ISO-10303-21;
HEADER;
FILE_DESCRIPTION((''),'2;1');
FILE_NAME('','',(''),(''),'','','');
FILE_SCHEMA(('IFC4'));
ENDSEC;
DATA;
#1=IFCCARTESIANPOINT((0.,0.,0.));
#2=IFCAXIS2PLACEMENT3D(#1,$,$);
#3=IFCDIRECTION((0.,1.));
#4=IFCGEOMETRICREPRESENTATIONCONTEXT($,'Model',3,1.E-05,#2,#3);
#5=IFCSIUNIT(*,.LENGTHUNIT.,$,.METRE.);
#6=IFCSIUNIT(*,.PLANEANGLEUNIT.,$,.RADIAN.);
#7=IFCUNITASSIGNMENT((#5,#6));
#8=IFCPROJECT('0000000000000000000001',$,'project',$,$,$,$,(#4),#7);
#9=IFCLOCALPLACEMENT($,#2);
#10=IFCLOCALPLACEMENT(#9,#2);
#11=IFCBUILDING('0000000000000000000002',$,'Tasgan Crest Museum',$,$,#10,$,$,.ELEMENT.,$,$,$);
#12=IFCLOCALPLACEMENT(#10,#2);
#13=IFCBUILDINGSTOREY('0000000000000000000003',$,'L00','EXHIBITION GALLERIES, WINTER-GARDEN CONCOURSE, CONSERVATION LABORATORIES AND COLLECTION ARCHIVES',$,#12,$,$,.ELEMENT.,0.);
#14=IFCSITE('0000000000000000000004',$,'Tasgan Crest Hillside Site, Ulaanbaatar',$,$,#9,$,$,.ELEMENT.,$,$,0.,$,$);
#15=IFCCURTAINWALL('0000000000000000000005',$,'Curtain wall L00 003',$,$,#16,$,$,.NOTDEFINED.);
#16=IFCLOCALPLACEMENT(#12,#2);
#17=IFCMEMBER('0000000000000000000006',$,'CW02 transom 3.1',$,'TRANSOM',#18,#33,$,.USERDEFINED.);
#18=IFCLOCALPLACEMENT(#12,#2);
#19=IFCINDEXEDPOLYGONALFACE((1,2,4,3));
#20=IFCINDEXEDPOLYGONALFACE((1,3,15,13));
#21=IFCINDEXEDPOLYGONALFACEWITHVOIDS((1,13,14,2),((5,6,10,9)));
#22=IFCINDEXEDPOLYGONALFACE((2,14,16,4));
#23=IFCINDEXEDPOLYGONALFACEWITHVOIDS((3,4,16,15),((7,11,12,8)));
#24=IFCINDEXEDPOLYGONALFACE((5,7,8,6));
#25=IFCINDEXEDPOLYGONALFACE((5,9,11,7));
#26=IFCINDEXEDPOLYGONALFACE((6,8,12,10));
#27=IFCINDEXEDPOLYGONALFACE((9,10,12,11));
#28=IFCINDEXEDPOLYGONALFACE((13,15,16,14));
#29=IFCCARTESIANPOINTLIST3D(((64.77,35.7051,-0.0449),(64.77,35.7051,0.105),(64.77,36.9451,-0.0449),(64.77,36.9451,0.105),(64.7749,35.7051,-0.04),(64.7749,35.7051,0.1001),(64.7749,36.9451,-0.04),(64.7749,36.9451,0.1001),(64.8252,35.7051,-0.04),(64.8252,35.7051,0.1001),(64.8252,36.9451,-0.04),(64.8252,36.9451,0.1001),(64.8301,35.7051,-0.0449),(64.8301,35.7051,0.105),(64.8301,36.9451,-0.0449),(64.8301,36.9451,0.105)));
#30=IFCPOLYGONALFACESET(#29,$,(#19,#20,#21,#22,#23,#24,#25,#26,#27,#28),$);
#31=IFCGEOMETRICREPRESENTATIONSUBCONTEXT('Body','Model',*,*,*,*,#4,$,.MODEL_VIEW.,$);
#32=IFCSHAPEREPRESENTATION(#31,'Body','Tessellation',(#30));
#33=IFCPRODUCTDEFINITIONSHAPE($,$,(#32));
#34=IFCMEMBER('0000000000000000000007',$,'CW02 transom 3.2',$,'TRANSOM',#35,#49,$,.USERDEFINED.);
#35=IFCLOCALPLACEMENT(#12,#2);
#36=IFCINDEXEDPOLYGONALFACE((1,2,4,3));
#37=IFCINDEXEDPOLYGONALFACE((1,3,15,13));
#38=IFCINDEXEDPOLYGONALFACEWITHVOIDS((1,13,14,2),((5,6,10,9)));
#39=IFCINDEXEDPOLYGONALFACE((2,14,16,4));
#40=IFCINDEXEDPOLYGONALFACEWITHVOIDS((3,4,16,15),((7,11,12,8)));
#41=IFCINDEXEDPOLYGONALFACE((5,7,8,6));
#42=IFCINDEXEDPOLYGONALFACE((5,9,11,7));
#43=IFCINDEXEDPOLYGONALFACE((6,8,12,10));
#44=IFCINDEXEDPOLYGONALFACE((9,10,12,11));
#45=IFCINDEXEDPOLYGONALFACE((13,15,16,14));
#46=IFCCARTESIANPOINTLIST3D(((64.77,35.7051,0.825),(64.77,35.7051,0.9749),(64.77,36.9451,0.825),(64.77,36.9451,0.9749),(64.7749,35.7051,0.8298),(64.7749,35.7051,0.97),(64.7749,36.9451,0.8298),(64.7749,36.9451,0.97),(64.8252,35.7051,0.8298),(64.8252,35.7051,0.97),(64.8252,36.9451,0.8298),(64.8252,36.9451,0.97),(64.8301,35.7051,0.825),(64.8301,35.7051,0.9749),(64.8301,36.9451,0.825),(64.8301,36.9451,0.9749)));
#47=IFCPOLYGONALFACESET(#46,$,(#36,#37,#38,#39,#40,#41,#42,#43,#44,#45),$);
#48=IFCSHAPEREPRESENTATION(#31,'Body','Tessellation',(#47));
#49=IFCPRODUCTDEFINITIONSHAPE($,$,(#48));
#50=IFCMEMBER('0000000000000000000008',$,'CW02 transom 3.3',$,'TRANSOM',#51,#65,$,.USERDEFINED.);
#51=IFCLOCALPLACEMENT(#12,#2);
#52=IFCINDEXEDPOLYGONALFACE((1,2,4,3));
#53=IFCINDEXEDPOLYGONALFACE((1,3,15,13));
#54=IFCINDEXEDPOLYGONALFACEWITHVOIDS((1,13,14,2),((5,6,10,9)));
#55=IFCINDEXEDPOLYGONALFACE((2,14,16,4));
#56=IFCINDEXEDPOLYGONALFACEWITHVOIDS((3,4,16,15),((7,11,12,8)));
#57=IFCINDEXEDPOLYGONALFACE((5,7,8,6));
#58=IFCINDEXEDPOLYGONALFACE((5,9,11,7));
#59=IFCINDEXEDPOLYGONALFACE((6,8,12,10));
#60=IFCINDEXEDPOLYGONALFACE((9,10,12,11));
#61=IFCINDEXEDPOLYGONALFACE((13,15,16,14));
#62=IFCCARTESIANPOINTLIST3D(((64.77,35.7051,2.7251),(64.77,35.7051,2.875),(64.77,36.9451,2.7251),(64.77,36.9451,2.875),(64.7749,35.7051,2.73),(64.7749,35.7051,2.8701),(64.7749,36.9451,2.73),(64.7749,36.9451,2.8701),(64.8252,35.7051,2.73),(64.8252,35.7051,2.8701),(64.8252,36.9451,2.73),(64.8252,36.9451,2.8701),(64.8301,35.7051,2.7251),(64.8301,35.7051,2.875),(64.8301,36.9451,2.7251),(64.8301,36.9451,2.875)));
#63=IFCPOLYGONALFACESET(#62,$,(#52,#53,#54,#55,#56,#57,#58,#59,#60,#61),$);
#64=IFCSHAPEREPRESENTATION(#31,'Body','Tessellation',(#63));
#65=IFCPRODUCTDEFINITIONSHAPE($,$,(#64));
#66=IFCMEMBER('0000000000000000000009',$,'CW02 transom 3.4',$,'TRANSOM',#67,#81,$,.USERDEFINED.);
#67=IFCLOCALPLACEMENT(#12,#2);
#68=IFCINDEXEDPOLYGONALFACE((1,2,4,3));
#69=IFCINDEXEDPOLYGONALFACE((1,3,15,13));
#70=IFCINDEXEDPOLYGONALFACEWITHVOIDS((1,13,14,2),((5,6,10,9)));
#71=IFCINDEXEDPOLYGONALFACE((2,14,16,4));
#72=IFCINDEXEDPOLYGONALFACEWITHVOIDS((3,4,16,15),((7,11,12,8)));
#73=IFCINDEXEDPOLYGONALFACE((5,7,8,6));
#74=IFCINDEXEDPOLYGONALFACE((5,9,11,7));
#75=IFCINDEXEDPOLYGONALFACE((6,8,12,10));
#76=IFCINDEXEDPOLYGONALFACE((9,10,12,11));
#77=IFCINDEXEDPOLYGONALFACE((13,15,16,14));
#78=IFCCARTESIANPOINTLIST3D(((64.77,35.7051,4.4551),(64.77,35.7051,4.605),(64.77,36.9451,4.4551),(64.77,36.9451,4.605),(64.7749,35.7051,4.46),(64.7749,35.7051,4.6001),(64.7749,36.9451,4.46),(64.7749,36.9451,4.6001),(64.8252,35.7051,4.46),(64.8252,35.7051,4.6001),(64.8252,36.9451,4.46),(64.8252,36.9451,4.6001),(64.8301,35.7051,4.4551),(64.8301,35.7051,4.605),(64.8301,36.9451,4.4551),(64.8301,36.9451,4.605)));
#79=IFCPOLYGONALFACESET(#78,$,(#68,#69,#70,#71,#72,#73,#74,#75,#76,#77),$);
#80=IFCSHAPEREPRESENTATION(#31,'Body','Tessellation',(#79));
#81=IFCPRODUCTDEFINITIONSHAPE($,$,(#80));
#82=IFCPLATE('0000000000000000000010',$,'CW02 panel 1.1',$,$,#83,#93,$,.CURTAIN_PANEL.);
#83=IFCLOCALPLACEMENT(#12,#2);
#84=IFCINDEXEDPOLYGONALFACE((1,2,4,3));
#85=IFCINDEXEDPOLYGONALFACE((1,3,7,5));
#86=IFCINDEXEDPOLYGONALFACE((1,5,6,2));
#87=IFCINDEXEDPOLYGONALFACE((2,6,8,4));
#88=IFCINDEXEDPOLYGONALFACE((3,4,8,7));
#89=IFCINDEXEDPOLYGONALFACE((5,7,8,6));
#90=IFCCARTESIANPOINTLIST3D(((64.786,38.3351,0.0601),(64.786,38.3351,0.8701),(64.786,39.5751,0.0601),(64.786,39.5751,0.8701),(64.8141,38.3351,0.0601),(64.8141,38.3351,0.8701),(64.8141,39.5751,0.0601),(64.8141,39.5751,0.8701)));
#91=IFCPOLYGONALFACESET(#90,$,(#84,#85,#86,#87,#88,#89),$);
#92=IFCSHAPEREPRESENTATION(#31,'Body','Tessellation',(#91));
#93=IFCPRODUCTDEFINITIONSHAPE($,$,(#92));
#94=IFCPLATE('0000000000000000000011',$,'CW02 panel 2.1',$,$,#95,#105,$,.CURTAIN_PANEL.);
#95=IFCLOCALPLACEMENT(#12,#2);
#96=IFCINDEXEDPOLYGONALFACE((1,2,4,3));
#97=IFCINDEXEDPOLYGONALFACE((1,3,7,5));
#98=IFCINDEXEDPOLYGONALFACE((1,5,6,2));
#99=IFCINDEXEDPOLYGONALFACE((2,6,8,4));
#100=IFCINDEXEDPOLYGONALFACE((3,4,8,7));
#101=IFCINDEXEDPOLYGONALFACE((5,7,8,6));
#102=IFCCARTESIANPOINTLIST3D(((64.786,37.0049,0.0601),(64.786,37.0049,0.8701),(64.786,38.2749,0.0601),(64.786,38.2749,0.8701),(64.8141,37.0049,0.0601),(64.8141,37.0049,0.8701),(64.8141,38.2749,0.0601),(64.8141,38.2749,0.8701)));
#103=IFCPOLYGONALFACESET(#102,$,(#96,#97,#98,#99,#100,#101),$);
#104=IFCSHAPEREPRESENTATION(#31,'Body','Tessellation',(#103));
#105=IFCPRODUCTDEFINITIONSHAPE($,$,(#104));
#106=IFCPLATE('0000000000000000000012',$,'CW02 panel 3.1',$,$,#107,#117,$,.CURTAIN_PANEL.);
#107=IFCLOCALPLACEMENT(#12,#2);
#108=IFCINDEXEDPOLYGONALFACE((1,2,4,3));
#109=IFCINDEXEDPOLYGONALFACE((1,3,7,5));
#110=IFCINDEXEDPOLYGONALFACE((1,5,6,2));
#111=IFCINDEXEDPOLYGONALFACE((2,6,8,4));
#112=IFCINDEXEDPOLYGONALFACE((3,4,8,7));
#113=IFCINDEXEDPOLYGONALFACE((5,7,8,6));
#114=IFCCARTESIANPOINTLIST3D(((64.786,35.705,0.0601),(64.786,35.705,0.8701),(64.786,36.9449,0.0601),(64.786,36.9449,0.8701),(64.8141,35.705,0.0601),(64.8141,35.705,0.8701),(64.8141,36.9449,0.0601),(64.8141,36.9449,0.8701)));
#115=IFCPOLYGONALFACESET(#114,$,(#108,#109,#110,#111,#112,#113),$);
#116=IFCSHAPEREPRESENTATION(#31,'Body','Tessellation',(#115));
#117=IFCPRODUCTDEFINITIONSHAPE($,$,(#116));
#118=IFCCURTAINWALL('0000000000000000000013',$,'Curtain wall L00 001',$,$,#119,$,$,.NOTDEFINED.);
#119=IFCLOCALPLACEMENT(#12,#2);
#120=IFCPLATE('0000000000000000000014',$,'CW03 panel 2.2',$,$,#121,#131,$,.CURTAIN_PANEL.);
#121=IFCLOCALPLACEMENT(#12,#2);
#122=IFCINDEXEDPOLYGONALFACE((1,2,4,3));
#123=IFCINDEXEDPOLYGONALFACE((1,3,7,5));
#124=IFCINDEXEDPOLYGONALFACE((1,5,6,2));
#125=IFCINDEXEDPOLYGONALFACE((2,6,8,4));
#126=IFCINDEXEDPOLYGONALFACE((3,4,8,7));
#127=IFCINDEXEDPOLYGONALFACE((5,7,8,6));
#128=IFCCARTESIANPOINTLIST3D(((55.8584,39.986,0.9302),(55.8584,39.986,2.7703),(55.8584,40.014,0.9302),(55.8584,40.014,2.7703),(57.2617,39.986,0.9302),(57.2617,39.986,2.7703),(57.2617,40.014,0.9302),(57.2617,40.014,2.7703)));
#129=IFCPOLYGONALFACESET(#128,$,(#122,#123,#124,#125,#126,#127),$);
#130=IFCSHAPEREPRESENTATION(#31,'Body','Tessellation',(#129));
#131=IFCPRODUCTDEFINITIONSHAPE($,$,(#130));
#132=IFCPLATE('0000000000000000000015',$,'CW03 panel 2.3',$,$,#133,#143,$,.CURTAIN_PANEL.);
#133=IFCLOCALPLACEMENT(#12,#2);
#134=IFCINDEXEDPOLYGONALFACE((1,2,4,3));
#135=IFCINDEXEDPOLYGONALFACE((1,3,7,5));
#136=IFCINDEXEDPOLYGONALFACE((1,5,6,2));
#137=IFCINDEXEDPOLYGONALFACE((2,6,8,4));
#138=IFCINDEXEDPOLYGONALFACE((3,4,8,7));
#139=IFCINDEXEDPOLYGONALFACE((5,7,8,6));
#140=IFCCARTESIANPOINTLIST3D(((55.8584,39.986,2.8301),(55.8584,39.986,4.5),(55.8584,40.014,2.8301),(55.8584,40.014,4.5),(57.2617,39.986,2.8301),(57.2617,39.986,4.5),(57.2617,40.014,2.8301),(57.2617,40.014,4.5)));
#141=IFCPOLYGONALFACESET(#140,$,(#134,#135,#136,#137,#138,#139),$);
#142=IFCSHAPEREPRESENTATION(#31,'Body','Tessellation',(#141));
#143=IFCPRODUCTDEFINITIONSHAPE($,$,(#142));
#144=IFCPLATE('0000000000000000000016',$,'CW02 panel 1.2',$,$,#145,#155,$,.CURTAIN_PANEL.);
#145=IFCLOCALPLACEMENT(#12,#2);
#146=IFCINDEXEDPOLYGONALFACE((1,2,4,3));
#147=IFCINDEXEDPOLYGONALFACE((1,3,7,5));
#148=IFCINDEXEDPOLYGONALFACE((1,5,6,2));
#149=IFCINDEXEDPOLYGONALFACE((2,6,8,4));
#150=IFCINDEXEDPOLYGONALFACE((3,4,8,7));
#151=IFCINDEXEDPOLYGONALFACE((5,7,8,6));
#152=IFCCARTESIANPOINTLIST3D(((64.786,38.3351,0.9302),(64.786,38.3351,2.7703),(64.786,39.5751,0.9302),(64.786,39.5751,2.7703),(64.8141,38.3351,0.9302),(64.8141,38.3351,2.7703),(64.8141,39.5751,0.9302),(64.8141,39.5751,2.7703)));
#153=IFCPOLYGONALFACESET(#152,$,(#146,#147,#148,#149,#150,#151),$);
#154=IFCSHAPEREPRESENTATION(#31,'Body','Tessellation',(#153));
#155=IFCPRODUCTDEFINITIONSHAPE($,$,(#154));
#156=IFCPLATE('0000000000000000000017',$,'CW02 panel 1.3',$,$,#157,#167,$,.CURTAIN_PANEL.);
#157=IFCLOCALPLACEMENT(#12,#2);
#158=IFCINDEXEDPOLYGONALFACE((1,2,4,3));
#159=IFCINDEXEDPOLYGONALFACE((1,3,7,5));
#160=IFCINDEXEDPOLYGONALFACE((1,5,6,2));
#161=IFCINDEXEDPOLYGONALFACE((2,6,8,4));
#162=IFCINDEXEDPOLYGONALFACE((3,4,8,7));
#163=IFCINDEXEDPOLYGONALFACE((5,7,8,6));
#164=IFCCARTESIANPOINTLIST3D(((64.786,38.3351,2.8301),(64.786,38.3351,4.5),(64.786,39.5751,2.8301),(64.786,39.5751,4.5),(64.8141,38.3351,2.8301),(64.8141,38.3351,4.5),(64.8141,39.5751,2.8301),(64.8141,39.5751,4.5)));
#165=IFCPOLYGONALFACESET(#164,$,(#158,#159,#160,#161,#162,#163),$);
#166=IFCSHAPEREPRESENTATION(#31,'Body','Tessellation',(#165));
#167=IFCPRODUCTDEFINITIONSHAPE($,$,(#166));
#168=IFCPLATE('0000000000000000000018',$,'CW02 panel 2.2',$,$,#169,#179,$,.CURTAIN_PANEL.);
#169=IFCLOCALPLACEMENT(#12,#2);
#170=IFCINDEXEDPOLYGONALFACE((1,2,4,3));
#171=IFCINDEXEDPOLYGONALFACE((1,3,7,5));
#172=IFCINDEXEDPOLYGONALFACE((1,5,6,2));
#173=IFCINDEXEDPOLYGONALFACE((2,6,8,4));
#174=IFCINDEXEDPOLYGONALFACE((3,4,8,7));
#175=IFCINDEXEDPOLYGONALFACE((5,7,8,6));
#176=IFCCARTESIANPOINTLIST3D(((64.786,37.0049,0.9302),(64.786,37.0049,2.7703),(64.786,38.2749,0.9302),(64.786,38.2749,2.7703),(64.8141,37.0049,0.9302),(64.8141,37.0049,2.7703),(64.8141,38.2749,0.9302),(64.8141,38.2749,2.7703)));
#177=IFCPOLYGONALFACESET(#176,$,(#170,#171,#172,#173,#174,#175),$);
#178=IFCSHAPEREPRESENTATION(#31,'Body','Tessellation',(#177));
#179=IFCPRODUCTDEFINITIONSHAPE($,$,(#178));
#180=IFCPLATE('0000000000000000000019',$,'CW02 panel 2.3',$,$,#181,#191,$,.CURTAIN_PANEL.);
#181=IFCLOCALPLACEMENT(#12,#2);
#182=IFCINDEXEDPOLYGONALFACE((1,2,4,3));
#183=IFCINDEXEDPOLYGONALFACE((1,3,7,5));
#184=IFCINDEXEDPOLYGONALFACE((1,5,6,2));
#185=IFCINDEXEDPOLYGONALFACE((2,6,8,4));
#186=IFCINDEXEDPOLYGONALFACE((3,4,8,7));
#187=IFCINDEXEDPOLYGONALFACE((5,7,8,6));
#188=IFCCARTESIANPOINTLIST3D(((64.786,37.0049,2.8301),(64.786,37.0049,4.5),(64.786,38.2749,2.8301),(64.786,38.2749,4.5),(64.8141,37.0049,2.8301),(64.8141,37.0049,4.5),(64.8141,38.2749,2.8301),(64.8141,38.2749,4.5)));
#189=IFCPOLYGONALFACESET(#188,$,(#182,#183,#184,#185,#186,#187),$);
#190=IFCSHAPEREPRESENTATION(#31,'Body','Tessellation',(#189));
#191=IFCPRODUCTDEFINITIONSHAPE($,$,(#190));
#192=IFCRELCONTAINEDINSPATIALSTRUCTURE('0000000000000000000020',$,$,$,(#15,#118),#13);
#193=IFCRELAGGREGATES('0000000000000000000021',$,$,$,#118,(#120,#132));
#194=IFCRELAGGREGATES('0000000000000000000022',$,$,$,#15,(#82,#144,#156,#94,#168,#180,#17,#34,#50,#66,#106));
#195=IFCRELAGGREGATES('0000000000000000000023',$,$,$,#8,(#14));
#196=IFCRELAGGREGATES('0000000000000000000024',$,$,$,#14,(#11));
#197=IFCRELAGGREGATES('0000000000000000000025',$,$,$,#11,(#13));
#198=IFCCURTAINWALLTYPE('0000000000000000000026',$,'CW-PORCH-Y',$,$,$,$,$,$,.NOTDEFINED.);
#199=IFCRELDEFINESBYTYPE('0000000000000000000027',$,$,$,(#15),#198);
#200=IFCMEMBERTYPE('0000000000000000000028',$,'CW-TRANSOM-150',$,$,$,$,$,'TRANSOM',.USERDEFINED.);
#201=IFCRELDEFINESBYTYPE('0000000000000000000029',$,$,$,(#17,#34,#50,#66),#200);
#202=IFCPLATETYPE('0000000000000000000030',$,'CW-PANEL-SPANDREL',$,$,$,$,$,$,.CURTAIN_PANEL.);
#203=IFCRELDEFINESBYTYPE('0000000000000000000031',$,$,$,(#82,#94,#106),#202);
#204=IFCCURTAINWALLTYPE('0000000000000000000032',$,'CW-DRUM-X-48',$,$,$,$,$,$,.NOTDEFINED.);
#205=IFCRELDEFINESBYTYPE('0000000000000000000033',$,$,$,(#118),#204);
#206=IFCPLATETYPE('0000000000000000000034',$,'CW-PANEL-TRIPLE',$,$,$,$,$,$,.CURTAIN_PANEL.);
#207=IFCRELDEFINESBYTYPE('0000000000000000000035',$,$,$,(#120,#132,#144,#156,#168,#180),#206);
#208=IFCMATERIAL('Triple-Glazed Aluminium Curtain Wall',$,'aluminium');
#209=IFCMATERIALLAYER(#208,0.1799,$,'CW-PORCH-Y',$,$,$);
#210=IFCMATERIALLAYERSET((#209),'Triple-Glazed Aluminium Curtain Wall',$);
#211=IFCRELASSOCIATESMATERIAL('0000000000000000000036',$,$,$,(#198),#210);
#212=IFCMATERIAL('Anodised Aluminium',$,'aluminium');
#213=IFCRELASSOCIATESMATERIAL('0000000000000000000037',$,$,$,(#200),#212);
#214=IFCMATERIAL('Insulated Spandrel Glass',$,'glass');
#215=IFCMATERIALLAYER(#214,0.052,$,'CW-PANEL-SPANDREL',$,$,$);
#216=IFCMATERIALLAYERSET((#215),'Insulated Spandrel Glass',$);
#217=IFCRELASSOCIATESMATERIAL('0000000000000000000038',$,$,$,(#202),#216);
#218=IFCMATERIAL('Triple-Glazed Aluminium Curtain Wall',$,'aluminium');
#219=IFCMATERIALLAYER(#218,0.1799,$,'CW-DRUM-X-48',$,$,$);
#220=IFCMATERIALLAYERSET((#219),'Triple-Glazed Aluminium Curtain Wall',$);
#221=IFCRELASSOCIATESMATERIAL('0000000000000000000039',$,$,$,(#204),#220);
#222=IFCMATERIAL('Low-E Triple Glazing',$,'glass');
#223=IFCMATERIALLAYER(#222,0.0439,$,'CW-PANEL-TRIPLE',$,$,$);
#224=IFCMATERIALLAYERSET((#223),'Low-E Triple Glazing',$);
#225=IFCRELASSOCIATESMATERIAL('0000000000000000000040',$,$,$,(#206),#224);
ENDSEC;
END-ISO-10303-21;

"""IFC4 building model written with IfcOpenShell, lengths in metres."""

from ifc_helpers import new_model, si_unit, direction, frame, origin, origin_2d, place, context, subcontext, project, spatial, rectangle, hollow_rectangle, extrude, material, layer, layer_set, material_profile, profile_set, type_object, element, aggregate, save


model = new_model("IFC4")

# Units and contexts
model_context = context("Model", 3, precision=1e-05, world=origin(), true_north=direction((0.0, 1.0)))
body_context = subcontext(model_context, "Body", "Model", "MODEL_VIEW")
ifc_project = project(units=[si_unit("LENGTHUNIT", "METRE"), si_unit("PLANEANGLEUNIT", "RADIAN")], contexts=[model_context])

# Site, building, storey
site_placement = place(None, origin())
site = spatial("IfcSite", under=ifc_project, at=site_placement, Name="Tasgan Crest Hillside Site, Ulaanbaatar", CompositionType="ELEMENT", RefElevation=0.0)
building_placement = place(site_placement, origin())
building = spatial("IfcBuilding", under=site, at=building_placement, Name="Tasgan Crest Museum", CompositionType="ELEMENT")
storey_placement = place(building_placement, origin())
storey = spatial("IfcBuildingStorey", under=building, at=storey_placement, Name="L00", Description="EXHIBITION GALLERIES, WINTER-GARDEN CONCOURSE, CONSERVATION LABORATORIES AND COLLECTION ARCHIVES", CompositionType="ELEMENT", Elevation=0.0)

# Curtain wall, members, plates
ifc_material_1 = material(Name="Triple-Glazed Aluminium Curtain Wall", Category="aluminium")
ifc_layer_1 = layer(ifc_material_1, 0.1799, Name="CW-PORCH-Y")
ifc_layer_set_1 = layer_set([ifc_layer_1], Name="Triple-Glazed Aluminium Curtain Wall")
curtain_wall_type_1 = type_object("IfcCurtainWallType", Name="CW-PORCH-Y", PredefinedType="NOTDEFINED", material=ifc_layer_set_1)
curtain_wall_1_placement = place(storey_placement, origin())
curtain_wall_1 = element("IfcCurtainWall", 1, at=curtain_wall_1_placement, inside=storey, type_object=curtain_wall_type_1, Name="Curtain wall L00 003", PredefinedType="NOTDEFINED")
ifc_material_2 = material(Name="Anodised Aluminium", Category="aluminium")
ifc_material_profile_1 = material_profile(ifc_material_2, hollow_rectangle(XDim=0.0601, YDim=0.1499, WallThickness=0.0049, at=origin_2d()), Name="ALU TRANSOM 150x60x5")
ifc_profile_set_1 = profile_set([ifc_material_profile_1], Name="Anodised Aluminium")
member_type_1 = type_object("IfcMemberType", Name="CW-TRANSOM-150", ElementType="TRANSOM", PredefinedType="USERDEFINED", material=ifc_profile_set_1)
member_1_placement = place(storey_placement, frame((64.8, 36.9451, 0.03), z_axis=(0.0, -1.0, 0.0), x_axis=(1.0, 0.0, 0.0)))
member_1 = element("IfcMember", 2, at=member_1_placement, type_object=member_type_1, Name="CW02 transom 3.1", ObjectType="TRANSOM", PredefinedType="USERDEFINED", context=body_context, shape_type="SweptSolid", body=[
    extrude(hollow_rectangle(XDim=0.0601, YDim=0.1499, WallThickness=0.0049, at=origin_2d()), origin(), (0.0, 0.0, 1.0), 1.24),
])
member_2_placement = place(storey_placement, frame((64.8, 36.9451, 0.8999), z_axis=(0.0, -1.0, 0.0), x_axis=(1.0, 0.0, 0.0)))
member_2 = element("IfcMember", 3, at=member_2_placement, type_object=member_type_1, Name="CW02 transom 3.2", ObjectType="TRANSOM", PredefinedType="USERDEFINED", context=body_context, shape_type="SweptSolid", body=[
    extrude(hollow_rectangle(XDim=0.0601, YDim=0.1499, WallThickness=0.0049, at=origin_2d()), origin(), (0.0, 0.0, 1.0), 1.24),
])
member_3_placement = place(storey_placement, frame((64.8, 36.9451, 2.8), z_axis=(0.0, -1.0, 0.0), x_axis=(1.0, 0.0, 0.0)))
member_3 = element("IfcMember", 4, at=member_3_placement, type_object=member_type_1, Name="CW02 transom 3.3", ObjectType="TRANSOM", PredefinedType="USERDEFINED", context=body_context, shape_type="SweptSolid", body=[
    extrude(hollow_rectangle(XDim=0.0601, YDim=0.1499, WallThickness=0.0049, at=origin_2d()), origin(), (0.0, 0.0, 1.0), 1.24),
])
member_4_placement = place(storey_placement, frame((64.8, 36.9451, 4.53), z_axis=(0.0, -1.0, 0.0), x_axis=(1.0, 0.0, 0.0)))
member_4 = element("IfcMember", 5, at=member_4_placement, type_object=member_type_1, Name="CW02 transom 3.4", ObjectType="TRANSOM", PredefinedType="USERDEFINED", context=body_context, shape_type="SweptSolid", body=[
    extrude(hollow_rectangle(XDim=0.0601, YDim=0.1499, WallThickness=0.0049, at=origin_2d()), origin(), (0.0, 0.0, 1.0), 1.24),
])
ifc_material_3 = material(Name="Insulated Spandrel Glass", Category="glass")
ifc_layer_2 = layer(ifc_material_3, 0.052, Name="CW-PANEL-SPANDREL")
ifc_layer_set_2 = layer_set([ifc_layer_2], Name="Insulated Spandrel Glass")
plate_type_1 = type_object("IfcPlateType", Name="CW-PANEL-SPANDREL", PredefinedType="CURTAIN_PANEL", material=ifc_layer_set_2)
plate_1_placement = place(storey_placement, frame((64.8, 38.9551, 0.0601), z_axis=(0.0, 0.0, 1.0), x_axis=(0.0, -1.0, 0.0)))
plate_1 = element("IfcPlate", 6, at=plate_1_placement, type_object=plate_type_1, Name="CW02 panel 1.1", PredefinedType="CURTAIN_PANEL", context=body_context, shape_type="SweptSolid", body=[
    extrude(rectangle(XDim=1.24, YDim=0.0281, at=origin_2d()), origin(), (0.0, 0.0, 1.0), 0.8101),
])
plate_2_placement = place(storey_placement, frame((64.8, 37.6399, 0.0601), z_axis=(0.0, 0.0, 1.0), x_axis=(0.0, -1.0, 0.0)))
plate_2 = element("IfcPlate", 7, at=plate_2_placement, type_object=plate_type_1, Name="CW02 panel 2.1", PredefinedType="CURTAIN_PANEL", context=body_context, shape_type="SweptSolid", body=[
    extrude(rectangle(XDim=1.27, YDim=0.0281, at=origin_2d()), origin(), (0.0, 0.0, 1.0), 0.8101),
])
plate_3_placement = place(storey_placement, frame((64.8, 36.325, 0.0601), z_axis=(0.0, 0.0, 1.0), x_axis=(0.0, -1.0, 0.0)))
plate_3 = element("IfcPlate", 8, at=plate_3_placement, type_object=plate_type_1, Name="CW02 panel 3.1", PredefinedType="CURTAIN_PANEL", context=body_context, shape_type="SweptSolid", body=[
    extrude(rectangle(XDim=1.24, YDim=0.0281, at=origin_2d()), origin(), (0.0, 0.0, 1.0), 0.8101),
])

# Curtain wall, plates
ifc_material_4 = material(Name="Triple-Glazed Aluminium Curtain Wall", Category="aluminium")
ifc_layer_3 = layer(ifc_material_4, 0.1799, Name="CW-DRUM-X-48")
ifc_layer_set_3 = layer_set([ifc_layer_3], Name="Triple-Glazed Aluminium Curtain Wall")
curtain_wall_type_2 = type_object("IfcCurtainWallType", Name="CW-DRUM-X-48", PredefinedType="NOTDEFINED", material=ifc_layer_set_3)
curtain_wall_2_placement = place(storey_placement, origin())
curtain_wall_2 = element("IfcCurtainWall", 9, at=curtain_wall_2_placement, inside=storey, type_object=curtain_wall_type_2, Name="Curtain wall L00 001", PredefinedType="NOTDEFINED")
ifc_material_5 = material(Name="Low-E Triple Glazing", Category="glass")
ifc_layer_4 = layer(ifc_material_5, 0.0439, Name="CW-PANEL-TRIPLE")
ifc_layer_set_4 = layer_set([ifc_layer_4], Name="Low-E Triple Glazing")
plate_type_2 = type_object("IfcPlateType", Name="CW-PANEL-TRIPLE", PredefinedType="CURTAIN_PANEL", material=ifc_layer_set_4)
plate_4_placement = place(storey_placement, frame((56.5601, 40.0, 0.9302), z_axis=(0.0, 0.0, 1.0), x_axis=(1.0, 0.0, 0.0)))
plate_4 = element("IfcPlate", 10, at=plate_4_placement, type_object=plate_type_2, Name="CW03 panel 2.2", PredefinedType="CURTAIN_PANEL", context=body_context, shape_type="SweptSolid", body=[
    extrude(rectangle(XDim=1.4033, YDim=0.0281, at=origin_2d()), origin(), (0.0, 0.0, 1.0), 1.8401),
])
plate_5_placement = place(storey_placement, frame((56.5601, 40.0, 2.8301), z_axis=(0.0, 0.0, 1.0), x_axis=(1.0, 0.0, 0.0)))
plate_5 = element("IfcPlate", 11, at=plate_5_placement, type_object=plate_type_2, Name="CW03 panel 2.3", PredefinedType="CURTAIN_PANEL", context=body_context, shape_type="SweptSolid", body=[
    extrude(rectangle(XDim=1.4033, YDim=0.0281, at=origin_2d()), origin(), (0.0, 0.0, 1.0), 1.6699),
])
aggregate(curtain_wall_2, [plate_4, plate_5])

# Plates
plate_6_placement = place(storey_placement, frame((64.8, 38.9551, 0.9302), z_axis=(0.0, 0.0, 1.0), x_axis=(0.0, -1.0, 0.0)))
plate_6 = element("IfcPlate", 12, at=plate_6_placement, type_object=plate_type_2, Name="CW02 panel 1.2", PredefinedType="CURTAIN_PANEL", context=body_context, shape_type="SweptSolid", body=[
    extrude(rectangle(XDim=1.24, YDim=0.0281, at=origin_2d()), origin(), (0.0, 0.0, 1.0), 1.8401),
])
plate_7_placement = place(storey_placement, frame((64.8, 38.9551, 2.8301), z_axis=(0.0, 0.0, 1.0), x_axis=(0.0, -1.0, 0.0)))
plate_7 = element("IfcPlate", 13, at=plate_7_placement, type_object=plate_type_2, Name="CW02 panel 1.3", PredefinedType="CURTAIN_PANEL", context=body_context, shape_type="SweptSolid", body=[
    extrude(rectangle(XDim=1.24, YDim=0.0281, at=origin_2d()), origin(), (0.0, 0.0, 1.0), 1.6699),
])
plate_8_placement = place(storey_placement, frame((64.8, 37.6399, 0.9302), z_axis=(0.0, 0.0, 1.0), x_axis=(0.0, -1.0, 0.0)))
plate_8 = element("IfcPlate", 14, at=plate_8_placement, type_object=plate_type_2, Name="CW02 panel 2.2", PredefinedType="CURTAIN_PANEL", context=body_context, shape_type="SweptSolid", body=[
    extrude(rectangle(XDim=1.27, YDim=0.0281, at=origin_2d()), origin(), (0.0, 0.0, 1.0), 1.8401),
])
plate_9_placement = place(storey_placement, frame((64.8, 37.6399, 2.8301), z_axis=(0.0, 0.0, 1.0), x_axis=(0.0, -1.0, 0.0)))
plate_9 = element("IfcPlate", 15, at=plate_9_placement, type_object=plate_type_2, Name="CW02 panel 2.3", PredefinedType="CURTAIN_PANEL", context=body_context, shape_type="SweptSolid", body=[
    extrude(rectangle(XDim=1.27, YDim=0.0281, at=origin_2d()), origin(), (0.0, 0.0, 1.0), 1.6699),
])
aggregate(curtain_wall_1, [plate_1, plate_6, plate_7, plate_2, plate_8, plate_9, member_1, member_2, member_3, member_4, plate_3])

save(model, "model.ifc")
